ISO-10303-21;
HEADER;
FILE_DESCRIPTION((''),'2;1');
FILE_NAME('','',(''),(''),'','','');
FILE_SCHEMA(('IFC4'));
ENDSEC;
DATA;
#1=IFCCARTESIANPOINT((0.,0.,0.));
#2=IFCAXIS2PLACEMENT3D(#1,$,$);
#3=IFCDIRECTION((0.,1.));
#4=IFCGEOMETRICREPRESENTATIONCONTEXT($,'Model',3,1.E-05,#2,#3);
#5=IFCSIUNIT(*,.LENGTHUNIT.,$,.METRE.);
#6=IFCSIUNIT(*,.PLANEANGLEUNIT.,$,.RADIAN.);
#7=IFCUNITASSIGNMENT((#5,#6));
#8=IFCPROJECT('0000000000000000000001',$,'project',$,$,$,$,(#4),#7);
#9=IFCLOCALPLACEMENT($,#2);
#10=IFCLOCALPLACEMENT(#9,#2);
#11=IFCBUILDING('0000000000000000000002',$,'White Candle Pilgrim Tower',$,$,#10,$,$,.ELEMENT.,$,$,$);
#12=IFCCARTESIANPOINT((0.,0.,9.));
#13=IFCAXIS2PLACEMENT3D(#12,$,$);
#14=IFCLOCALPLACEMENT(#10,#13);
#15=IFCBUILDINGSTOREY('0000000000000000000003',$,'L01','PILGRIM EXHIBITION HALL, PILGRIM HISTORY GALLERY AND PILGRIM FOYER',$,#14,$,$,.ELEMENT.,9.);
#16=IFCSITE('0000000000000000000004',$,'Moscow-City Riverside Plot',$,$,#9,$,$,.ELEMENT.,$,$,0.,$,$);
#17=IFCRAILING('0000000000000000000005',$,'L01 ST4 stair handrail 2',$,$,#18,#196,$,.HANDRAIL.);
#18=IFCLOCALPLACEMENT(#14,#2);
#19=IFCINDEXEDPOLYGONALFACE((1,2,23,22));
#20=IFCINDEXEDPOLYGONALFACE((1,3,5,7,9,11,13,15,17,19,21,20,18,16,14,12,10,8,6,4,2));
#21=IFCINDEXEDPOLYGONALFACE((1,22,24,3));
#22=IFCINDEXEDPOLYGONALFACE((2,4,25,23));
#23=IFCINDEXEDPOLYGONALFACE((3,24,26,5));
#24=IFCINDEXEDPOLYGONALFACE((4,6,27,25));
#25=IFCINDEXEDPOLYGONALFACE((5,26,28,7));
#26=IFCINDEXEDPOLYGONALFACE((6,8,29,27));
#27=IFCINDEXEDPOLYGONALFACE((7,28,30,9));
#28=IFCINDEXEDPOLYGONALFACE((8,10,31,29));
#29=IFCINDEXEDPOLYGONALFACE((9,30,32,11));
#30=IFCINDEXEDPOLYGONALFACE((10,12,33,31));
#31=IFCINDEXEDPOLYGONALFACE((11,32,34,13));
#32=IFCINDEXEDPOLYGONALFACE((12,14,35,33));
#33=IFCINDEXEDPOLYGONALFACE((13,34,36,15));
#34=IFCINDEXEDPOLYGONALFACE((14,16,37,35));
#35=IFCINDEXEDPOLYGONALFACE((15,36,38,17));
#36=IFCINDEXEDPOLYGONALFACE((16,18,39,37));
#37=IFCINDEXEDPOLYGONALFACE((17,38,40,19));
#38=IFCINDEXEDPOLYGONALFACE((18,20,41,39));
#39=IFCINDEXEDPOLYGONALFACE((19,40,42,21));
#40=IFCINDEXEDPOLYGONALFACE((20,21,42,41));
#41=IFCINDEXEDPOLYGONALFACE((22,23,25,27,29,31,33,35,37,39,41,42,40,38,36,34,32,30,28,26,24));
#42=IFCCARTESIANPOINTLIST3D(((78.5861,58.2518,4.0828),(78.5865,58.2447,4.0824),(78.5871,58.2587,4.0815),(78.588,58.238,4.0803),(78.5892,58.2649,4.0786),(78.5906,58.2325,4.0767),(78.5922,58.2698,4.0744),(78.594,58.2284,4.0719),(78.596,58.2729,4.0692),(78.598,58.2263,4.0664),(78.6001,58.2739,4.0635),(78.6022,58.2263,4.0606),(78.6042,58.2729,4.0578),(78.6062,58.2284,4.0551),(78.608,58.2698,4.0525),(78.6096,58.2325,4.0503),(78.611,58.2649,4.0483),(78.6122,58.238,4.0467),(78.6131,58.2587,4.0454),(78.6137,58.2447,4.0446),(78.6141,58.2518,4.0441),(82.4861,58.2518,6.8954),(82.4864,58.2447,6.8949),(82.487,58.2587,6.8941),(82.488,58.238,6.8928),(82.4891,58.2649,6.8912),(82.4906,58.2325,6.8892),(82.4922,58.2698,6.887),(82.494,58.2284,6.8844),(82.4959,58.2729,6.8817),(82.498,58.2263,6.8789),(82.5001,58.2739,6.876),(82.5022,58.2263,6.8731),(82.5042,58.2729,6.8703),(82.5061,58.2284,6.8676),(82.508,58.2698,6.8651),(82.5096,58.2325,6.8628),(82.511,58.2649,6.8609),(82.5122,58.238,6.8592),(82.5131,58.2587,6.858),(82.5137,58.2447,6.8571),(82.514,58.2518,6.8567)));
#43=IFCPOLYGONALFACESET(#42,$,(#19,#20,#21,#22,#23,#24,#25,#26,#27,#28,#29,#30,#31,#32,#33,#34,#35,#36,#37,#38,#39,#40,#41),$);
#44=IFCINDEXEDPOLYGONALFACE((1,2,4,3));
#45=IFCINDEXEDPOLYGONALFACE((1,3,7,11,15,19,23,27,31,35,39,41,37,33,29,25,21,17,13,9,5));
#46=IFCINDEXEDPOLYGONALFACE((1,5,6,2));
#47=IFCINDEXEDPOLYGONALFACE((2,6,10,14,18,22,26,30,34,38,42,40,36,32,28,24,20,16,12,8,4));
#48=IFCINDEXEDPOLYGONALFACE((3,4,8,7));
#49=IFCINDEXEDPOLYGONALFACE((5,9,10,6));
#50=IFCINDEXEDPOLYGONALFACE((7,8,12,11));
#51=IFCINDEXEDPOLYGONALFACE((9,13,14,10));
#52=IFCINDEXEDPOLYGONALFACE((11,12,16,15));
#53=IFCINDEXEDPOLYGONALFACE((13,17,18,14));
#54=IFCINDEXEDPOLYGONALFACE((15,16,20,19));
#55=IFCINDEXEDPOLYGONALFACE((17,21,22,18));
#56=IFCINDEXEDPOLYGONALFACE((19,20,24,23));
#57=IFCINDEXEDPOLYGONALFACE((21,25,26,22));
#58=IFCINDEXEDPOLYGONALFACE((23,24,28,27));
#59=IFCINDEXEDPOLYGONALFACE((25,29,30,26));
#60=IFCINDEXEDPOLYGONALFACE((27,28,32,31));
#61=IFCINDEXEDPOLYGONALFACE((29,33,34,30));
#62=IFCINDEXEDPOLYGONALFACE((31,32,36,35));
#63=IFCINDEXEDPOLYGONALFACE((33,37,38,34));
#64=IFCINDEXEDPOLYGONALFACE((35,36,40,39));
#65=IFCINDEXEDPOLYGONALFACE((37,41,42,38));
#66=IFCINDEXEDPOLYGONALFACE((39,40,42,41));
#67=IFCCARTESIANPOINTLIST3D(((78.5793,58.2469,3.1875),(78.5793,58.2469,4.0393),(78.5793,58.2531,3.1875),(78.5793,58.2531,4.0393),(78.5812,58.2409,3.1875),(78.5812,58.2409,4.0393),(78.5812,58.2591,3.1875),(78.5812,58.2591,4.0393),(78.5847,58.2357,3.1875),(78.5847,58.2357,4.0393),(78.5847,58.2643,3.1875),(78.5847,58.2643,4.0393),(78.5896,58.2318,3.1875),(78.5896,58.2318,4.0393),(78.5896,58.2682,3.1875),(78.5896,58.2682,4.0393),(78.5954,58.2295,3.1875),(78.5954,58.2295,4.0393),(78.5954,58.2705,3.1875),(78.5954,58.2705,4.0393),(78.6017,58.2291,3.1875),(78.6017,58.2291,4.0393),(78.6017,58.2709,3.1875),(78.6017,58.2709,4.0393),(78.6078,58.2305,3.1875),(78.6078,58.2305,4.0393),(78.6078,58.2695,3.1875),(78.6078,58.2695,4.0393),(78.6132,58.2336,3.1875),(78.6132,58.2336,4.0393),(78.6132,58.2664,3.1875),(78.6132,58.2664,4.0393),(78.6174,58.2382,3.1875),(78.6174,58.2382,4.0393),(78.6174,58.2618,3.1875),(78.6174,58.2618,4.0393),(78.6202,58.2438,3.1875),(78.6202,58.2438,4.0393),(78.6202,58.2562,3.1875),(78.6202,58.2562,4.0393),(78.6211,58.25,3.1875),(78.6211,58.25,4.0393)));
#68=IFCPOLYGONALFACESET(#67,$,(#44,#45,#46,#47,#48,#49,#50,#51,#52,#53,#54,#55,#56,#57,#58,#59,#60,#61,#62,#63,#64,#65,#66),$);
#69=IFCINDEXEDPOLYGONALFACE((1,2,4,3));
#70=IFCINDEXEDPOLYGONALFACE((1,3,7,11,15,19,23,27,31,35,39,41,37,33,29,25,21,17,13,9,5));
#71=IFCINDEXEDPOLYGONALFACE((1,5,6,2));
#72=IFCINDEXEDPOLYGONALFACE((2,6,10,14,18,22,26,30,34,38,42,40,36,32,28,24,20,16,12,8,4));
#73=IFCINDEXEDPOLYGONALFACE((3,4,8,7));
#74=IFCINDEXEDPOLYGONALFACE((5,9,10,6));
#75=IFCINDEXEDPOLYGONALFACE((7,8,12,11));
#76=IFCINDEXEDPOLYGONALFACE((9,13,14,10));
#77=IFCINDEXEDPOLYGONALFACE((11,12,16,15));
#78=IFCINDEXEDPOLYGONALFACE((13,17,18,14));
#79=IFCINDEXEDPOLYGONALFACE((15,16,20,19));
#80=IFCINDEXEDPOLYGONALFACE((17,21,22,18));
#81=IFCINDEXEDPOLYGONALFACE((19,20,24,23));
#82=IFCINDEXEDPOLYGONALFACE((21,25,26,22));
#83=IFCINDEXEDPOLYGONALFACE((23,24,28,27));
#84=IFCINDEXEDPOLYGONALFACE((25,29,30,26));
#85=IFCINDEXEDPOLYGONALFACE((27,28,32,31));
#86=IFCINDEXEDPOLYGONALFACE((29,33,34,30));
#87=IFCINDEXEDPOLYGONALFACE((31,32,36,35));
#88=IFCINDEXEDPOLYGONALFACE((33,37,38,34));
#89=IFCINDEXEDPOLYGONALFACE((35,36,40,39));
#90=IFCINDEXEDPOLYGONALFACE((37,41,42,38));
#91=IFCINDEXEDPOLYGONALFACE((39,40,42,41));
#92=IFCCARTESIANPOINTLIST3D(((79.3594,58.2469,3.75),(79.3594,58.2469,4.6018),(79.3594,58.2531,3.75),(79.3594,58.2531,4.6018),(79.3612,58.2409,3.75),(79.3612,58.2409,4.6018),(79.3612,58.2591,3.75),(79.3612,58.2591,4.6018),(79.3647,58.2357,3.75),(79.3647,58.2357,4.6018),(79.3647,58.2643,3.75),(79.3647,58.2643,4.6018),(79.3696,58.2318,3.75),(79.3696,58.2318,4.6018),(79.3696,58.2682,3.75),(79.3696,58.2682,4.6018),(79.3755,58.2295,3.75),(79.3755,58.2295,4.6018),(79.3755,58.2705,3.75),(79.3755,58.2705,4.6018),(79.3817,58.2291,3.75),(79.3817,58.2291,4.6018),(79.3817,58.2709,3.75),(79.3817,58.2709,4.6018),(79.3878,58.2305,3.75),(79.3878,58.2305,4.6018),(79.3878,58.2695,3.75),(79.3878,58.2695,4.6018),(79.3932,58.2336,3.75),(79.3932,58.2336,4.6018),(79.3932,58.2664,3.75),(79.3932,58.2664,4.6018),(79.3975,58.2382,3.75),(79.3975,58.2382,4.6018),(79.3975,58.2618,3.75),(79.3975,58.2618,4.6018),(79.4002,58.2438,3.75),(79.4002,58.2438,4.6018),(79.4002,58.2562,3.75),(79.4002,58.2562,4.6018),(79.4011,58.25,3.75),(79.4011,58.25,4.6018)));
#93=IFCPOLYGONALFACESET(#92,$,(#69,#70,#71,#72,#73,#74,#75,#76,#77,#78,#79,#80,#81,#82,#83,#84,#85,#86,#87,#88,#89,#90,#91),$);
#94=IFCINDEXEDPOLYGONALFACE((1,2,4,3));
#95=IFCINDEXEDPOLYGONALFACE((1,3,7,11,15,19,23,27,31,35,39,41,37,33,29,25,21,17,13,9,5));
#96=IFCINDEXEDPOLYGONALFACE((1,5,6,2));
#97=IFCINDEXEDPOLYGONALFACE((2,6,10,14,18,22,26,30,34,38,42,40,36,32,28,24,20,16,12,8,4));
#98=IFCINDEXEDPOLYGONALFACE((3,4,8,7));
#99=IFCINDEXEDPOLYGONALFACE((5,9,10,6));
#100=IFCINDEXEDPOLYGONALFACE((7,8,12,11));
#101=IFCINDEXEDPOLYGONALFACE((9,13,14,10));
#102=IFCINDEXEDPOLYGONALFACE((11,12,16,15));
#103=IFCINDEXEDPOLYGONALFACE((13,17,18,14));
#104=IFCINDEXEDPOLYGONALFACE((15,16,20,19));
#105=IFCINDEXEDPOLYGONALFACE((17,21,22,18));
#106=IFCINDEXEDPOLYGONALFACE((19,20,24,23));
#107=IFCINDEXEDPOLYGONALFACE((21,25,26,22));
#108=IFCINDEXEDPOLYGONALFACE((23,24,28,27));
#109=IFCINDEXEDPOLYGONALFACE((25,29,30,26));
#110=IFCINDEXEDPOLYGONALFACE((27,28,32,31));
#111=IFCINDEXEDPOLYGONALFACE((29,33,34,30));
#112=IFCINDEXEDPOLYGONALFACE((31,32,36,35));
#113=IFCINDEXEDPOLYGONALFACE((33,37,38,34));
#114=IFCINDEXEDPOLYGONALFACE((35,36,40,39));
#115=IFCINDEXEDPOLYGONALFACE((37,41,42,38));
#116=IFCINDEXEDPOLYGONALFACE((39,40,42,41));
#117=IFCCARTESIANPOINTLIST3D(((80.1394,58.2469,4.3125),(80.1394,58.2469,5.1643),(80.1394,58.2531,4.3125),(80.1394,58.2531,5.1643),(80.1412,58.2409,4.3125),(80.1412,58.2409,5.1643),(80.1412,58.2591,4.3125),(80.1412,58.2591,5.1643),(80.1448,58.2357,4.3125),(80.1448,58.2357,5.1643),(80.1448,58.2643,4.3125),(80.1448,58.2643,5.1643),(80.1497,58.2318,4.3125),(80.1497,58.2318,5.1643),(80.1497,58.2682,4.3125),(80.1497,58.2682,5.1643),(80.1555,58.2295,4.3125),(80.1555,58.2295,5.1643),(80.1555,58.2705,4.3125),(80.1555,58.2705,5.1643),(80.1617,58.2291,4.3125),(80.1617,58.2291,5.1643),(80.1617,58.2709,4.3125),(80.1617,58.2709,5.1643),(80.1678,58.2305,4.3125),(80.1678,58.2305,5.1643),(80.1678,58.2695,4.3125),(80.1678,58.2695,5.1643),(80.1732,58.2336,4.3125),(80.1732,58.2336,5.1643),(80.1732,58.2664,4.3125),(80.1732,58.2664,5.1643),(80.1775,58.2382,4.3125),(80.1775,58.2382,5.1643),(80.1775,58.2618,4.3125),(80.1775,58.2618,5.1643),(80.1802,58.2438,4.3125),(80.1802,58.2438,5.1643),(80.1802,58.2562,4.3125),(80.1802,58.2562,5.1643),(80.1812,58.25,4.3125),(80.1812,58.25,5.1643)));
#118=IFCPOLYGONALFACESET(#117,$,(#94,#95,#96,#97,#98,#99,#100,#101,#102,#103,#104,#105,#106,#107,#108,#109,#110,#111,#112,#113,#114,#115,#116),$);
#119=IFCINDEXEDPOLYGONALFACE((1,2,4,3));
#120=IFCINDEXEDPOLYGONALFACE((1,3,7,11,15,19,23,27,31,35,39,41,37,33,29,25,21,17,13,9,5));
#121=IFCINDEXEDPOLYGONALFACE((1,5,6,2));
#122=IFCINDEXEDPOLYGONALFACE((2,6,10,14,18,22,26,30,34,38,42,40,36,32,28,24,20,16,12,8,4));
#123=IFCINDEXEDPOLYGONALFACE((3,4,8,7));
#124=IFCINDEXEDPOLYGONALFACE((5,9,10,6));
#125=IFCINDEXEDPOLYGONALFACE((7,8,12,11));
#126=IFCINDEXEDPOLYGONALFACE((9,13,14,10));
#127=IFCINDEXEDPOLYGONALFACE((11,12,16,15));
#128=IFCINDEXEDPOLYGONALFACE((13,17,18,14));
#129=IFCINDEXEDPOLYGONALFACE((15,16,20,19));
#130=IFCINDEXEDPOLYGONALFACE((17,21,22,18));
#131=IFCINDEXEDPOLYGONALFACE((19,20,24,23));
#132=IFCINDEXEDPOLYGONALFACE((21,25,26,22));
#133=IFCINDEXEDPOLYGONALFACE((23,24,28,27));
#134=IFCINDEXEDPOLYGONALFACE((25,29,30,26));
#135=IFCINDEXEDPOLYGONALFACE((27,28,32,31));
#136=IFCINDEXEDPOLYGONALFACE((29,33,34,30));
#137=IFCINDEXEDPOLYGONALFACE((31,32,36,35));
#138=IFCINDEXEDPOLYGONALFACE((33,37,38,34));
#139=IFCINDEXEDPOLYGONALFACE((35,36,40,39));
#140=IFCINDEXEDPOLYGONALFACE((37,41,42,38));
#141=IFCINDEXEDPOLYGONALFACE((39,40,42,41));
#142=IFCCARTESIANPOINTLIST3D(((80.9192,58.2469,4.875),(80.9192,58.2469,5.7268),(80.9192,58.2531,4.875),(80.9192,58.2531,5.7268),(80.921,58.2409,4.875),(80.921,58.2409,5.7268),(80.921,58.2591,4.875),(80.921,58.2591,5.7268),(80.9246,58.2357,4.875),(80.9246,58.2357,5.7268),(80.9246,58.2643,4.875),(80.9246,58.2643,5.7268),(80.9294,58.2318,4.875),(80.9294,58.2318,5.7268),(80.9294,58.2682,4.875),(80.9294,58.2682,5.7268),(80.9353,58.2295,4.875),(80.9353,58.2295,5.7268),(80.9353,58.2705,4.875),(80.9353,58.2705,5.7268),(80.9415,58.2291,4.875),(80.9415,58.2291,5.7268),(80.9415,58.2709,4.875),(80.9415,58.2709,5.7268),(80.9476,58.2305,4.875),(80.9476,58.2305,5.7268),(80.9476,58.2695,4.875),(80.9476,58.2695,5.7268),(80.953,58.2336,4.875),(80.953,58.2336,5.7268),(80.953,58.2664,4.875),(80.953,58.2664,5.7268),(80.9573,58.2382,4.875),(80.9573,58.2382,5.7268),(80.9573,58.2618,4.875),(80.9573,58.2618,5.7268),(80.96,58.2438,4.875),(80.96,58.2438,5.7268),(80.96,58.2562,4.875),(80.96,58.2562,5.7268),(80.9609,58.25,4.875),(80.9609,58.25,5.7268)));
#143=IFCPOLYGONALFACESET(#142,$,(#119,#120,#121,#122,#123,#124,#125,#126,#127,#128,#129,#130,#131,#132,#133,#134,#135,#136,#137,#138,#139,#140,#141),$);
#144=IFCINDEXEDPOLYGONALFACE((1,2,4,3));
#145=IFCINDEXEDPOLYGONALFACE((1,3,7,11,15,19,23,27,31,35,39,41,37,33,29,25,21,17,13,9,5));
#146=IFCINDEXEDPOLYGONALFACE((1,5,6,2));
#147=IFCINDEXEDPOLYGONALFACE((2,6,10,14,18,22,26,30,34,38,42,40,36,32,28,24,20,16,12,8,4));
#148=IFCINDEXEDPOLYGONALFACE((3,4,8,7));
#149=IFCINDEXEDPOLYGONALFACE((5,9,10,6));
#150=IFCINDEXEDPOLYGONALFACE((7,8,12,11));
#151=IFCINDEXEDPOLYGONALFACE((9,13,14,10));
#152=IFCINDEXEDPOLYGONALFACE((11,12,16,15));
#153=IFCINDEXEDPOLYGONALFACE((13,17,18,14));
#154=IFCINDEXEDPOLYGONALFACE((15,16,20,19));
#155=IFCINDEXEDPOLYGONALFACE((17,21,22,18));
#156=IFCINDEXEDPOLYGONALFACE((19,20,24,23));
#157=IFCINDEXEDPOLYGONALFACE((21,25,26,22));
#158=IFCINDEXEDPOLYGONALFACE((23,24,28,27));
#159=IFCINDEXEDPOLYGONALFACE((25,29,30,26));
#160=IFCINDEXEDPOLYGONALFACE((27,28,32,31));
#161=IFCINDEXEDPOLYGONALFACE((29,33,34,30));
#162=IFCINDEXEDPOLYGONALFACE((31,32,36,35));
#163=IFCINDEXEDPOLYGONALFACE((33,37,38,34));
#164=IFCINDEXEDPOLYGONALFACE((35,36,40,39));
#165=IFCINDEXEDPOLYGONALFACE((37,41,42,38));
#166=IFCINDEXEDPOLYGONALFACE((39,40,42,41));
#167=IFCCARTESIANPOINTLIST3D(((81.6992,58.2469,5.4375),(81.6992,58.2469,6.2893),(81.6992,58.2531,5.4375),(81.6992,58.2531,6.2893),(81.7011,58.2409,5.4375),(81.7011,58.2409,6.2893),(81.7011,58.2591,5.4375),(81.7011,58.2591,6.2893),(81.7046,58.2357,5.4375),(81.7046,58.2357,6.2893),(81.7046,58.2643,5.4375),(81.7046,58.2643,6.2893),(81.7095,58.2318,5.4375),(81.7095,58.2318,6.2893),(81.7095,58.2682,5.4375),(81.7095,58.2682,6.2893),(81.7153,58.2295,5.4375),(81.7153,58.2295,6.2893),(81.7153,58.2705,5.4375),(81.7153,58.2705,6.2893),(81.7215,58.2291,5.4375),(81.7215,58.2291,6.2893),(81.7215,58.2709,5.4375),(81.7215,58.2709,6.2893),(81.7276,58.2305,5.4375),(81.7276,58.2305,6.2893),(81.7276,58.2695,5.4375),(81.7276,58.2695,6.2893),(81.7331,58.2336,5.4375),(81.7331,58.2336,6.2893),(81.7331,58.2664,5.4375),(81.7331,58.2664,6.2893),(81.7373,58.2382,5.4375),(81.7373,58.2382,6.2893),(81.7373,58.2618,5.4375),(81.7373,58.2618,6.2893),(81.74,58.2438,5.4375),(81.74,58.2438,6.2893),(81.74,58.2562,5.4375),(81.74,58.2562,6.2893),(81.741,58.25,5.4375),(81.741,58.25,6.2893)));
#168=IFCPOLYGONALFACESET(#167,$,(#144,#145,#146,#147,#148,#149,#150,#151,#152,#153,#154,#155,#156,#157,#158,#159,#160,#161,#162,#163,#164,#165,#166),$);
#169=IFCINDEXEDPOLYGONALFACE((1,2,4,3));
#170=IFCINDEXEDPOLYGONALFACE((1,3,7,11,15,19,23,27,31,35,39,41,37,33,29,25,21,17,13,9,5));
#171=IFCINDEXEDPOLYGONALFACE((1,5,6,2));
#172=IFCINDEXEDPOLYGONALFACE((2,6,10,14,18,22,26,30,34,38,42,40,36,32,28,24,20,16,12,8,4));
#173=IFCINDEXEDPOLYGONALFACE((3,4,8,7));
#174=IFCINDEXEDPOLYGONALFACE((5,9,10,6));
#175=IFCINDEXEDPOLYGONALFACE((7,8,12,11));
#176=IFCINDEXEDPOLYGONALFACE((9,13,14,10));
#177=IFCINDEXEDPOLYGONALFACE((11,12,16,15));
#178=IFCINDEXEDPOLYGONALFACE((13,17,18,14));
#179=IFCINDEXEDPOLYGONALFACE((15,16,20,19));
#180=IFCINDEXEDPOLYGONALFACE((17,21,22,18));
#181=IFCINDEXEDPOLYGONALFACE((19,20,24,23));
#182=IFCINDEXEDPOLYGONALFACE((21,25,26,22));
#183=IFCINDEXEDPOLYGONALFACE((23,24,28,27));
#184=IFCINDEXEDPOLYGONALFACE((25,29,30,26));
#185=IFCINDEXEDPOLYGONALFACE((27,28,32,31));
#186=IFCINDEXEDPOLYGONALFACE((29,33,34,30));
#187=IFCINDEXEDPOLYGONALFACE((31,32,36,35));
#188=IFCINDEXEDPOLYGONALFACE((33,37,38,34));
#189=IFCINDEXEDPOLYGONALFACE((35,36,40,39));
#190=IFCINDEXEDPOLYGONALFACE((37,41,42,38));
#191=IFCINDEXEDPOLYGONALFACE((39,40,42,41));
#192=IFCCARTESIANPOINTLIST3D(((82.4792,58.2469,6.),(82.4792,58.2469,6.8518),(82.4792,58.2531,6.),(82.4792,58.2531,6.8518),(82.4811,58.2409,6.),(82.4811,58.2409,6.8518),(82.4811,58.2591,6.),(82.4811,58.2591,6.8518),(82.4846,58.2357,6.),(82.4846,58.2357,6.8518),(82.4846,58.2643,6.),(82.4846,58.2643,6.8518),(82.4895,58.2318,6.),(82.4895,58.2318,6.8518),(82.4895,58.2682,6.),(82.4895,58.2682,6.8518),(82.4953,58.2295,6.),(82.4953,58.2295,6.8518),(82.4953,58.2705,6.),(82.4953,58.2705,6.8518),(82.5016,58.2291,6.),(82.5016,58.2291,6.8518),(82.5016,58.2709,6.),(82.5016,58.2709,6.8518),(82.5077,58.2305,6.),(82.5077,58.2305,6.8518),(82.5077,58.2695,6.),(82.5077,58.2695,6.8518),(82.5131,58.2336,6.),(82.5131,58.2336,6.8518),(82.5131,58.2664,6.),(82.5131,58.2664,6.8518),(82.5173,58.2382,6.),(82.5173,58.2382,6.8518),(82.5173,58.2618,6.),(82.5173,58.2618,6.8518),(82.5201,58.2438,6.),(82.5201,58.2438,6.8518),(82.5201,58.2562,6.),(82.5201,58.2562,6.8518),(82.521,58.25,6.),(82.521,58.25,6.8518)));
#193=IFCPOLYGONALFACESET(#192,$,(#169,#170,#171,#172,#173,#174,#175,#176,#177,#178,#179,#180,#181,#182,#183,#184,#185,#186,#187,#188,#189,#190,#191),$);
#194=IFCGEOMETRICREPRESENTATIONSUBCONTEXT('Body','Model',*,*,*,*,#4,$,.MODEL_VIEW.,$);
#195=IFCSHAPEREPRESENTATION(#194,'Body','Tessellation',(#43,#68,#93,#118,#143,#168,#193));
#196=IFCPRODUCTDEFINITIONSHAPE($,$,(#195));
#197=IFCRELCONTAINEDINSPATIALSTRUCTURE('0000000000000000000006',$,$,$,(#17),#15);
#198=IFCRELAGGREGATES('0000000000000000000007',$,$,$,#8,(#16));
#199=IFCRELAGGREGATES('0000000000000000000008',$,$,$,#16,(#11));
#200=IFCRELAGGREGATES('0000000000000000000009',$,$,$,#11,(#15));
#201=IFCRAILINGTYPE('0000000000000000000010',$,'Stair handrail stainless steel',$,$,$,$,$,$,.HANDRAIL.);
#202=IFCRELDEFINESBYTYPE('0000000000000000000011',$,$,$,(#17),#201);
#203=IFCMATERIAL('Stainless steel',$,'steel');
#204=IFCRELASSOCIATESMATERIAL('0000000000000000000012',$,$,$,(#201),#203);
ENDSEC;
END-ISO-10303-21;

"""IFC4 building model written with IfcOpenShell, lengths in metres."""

from ifc_helpers import new_model, si_unit, direction, frame, origin, origin_2d, place, context, subcontext, project, spatial, circle, extrude, material, type_object, element, save


model = new_model("IFC4")

# Units and contexts
model_context = context("Model", 3, precision=1e-05, world=origin(), true_north=direction((0.0, 1.0)))
body_context = subcontext(model_context, "Body", "Model", "MODEL_VIEW")
ifc_project = project(units=[si_unit("LENGTHUNIT", "METRE"), si_unit("PLANEANGLEUNIT", "RADIAN")], contexts=[model_context])

# Site, building, storey
site_placement = place(None, origin())
site = spatial("IfcSite", under=ifc_project, at=site_placement, Name="Moscow-City Riverside Plot", CompositionType="ELEMENT", RefElevation=0.0)
building_placement = place(site_placement, origin())
building = spatial("IfcBuilding", under=site, at=building_placement, Name="White Candle Pilgrim Tower", CompositionType="ELEMENT")
storey_placement = place(building_placement, frame((0.0, 0.0, 9.0)))
storey = spatial("IfcBuildingStorey", under=building, at=storey_placement, Name="L01", Description="PILGRIM EXHIBITION HALL, PILGRIM HISTORY GALLERY AND PILGRIM FOYER", CompositionType="ELEMENT", Elevation=9.0)

# Railing
ifc_material_1 = material(Name="Stainless steel", Category="steel")
railing_type_1 = type_object("IfcRailingType", Name="Stair handrail stainless steel", PredefinedType="HANDRAIL", material=ifc_material_1)
railing_1_placement = place(storey_placement, frame((78.6001, 58.25, 3.1875)))
element("IfcRailing", 1, at=railing_1_placement, inside=storey, type_object=railing_type_1, Name="L01 ST4 stair handrail 2", PredefinedType="HANDRAIL", context=body_context, shape_type="SweptSolid", body=[
    extrude(circle(Radius=0.0239, at=origin_2d()), frame((0.0, 0.0, 0.876), z_axis=(0.811083, 0.0, 0.584931), x_axis=(0.0, 1.0, 0.0)), (0.0, 0.0, 1.0), 4.8083),
    extrude(circle(Radius=0.021, at=origin_2d()), origin(), (0.0, 0.0, 1.0), 0.8518),
    extrude(circle(Radius=0.021, at=origin_2d()), frame((0.78, 0.0, 0.5625)), (0.0, 0.0, 1.0), 0.8518),
    extrude(circle(Radius=0.021, at=origin_2d()), frame((1.5601, 0.0, 1.125)), (0.0, 0.0, 1.0), 0.8518),
    extrude(circle(Radius=0.021, at=origin_2d()), frame((2.3398, 0.0, 1.6875)), (0.0, 0.0, 1.0), 0.8518),
    extrude(circle(Radius=0.021, at=origin_2d()), frame((3.1199, 0.0, 2.25)), (0.0, 0.0, 1.0), 0.8518),
    extrude(circle(Radius=0.021, at=origin_2d()), frame((3.8999, 0.0, 2.8125)), (0.0, 0.0, 1.0), 0.8518),
])

save(model, "model.ifc")
